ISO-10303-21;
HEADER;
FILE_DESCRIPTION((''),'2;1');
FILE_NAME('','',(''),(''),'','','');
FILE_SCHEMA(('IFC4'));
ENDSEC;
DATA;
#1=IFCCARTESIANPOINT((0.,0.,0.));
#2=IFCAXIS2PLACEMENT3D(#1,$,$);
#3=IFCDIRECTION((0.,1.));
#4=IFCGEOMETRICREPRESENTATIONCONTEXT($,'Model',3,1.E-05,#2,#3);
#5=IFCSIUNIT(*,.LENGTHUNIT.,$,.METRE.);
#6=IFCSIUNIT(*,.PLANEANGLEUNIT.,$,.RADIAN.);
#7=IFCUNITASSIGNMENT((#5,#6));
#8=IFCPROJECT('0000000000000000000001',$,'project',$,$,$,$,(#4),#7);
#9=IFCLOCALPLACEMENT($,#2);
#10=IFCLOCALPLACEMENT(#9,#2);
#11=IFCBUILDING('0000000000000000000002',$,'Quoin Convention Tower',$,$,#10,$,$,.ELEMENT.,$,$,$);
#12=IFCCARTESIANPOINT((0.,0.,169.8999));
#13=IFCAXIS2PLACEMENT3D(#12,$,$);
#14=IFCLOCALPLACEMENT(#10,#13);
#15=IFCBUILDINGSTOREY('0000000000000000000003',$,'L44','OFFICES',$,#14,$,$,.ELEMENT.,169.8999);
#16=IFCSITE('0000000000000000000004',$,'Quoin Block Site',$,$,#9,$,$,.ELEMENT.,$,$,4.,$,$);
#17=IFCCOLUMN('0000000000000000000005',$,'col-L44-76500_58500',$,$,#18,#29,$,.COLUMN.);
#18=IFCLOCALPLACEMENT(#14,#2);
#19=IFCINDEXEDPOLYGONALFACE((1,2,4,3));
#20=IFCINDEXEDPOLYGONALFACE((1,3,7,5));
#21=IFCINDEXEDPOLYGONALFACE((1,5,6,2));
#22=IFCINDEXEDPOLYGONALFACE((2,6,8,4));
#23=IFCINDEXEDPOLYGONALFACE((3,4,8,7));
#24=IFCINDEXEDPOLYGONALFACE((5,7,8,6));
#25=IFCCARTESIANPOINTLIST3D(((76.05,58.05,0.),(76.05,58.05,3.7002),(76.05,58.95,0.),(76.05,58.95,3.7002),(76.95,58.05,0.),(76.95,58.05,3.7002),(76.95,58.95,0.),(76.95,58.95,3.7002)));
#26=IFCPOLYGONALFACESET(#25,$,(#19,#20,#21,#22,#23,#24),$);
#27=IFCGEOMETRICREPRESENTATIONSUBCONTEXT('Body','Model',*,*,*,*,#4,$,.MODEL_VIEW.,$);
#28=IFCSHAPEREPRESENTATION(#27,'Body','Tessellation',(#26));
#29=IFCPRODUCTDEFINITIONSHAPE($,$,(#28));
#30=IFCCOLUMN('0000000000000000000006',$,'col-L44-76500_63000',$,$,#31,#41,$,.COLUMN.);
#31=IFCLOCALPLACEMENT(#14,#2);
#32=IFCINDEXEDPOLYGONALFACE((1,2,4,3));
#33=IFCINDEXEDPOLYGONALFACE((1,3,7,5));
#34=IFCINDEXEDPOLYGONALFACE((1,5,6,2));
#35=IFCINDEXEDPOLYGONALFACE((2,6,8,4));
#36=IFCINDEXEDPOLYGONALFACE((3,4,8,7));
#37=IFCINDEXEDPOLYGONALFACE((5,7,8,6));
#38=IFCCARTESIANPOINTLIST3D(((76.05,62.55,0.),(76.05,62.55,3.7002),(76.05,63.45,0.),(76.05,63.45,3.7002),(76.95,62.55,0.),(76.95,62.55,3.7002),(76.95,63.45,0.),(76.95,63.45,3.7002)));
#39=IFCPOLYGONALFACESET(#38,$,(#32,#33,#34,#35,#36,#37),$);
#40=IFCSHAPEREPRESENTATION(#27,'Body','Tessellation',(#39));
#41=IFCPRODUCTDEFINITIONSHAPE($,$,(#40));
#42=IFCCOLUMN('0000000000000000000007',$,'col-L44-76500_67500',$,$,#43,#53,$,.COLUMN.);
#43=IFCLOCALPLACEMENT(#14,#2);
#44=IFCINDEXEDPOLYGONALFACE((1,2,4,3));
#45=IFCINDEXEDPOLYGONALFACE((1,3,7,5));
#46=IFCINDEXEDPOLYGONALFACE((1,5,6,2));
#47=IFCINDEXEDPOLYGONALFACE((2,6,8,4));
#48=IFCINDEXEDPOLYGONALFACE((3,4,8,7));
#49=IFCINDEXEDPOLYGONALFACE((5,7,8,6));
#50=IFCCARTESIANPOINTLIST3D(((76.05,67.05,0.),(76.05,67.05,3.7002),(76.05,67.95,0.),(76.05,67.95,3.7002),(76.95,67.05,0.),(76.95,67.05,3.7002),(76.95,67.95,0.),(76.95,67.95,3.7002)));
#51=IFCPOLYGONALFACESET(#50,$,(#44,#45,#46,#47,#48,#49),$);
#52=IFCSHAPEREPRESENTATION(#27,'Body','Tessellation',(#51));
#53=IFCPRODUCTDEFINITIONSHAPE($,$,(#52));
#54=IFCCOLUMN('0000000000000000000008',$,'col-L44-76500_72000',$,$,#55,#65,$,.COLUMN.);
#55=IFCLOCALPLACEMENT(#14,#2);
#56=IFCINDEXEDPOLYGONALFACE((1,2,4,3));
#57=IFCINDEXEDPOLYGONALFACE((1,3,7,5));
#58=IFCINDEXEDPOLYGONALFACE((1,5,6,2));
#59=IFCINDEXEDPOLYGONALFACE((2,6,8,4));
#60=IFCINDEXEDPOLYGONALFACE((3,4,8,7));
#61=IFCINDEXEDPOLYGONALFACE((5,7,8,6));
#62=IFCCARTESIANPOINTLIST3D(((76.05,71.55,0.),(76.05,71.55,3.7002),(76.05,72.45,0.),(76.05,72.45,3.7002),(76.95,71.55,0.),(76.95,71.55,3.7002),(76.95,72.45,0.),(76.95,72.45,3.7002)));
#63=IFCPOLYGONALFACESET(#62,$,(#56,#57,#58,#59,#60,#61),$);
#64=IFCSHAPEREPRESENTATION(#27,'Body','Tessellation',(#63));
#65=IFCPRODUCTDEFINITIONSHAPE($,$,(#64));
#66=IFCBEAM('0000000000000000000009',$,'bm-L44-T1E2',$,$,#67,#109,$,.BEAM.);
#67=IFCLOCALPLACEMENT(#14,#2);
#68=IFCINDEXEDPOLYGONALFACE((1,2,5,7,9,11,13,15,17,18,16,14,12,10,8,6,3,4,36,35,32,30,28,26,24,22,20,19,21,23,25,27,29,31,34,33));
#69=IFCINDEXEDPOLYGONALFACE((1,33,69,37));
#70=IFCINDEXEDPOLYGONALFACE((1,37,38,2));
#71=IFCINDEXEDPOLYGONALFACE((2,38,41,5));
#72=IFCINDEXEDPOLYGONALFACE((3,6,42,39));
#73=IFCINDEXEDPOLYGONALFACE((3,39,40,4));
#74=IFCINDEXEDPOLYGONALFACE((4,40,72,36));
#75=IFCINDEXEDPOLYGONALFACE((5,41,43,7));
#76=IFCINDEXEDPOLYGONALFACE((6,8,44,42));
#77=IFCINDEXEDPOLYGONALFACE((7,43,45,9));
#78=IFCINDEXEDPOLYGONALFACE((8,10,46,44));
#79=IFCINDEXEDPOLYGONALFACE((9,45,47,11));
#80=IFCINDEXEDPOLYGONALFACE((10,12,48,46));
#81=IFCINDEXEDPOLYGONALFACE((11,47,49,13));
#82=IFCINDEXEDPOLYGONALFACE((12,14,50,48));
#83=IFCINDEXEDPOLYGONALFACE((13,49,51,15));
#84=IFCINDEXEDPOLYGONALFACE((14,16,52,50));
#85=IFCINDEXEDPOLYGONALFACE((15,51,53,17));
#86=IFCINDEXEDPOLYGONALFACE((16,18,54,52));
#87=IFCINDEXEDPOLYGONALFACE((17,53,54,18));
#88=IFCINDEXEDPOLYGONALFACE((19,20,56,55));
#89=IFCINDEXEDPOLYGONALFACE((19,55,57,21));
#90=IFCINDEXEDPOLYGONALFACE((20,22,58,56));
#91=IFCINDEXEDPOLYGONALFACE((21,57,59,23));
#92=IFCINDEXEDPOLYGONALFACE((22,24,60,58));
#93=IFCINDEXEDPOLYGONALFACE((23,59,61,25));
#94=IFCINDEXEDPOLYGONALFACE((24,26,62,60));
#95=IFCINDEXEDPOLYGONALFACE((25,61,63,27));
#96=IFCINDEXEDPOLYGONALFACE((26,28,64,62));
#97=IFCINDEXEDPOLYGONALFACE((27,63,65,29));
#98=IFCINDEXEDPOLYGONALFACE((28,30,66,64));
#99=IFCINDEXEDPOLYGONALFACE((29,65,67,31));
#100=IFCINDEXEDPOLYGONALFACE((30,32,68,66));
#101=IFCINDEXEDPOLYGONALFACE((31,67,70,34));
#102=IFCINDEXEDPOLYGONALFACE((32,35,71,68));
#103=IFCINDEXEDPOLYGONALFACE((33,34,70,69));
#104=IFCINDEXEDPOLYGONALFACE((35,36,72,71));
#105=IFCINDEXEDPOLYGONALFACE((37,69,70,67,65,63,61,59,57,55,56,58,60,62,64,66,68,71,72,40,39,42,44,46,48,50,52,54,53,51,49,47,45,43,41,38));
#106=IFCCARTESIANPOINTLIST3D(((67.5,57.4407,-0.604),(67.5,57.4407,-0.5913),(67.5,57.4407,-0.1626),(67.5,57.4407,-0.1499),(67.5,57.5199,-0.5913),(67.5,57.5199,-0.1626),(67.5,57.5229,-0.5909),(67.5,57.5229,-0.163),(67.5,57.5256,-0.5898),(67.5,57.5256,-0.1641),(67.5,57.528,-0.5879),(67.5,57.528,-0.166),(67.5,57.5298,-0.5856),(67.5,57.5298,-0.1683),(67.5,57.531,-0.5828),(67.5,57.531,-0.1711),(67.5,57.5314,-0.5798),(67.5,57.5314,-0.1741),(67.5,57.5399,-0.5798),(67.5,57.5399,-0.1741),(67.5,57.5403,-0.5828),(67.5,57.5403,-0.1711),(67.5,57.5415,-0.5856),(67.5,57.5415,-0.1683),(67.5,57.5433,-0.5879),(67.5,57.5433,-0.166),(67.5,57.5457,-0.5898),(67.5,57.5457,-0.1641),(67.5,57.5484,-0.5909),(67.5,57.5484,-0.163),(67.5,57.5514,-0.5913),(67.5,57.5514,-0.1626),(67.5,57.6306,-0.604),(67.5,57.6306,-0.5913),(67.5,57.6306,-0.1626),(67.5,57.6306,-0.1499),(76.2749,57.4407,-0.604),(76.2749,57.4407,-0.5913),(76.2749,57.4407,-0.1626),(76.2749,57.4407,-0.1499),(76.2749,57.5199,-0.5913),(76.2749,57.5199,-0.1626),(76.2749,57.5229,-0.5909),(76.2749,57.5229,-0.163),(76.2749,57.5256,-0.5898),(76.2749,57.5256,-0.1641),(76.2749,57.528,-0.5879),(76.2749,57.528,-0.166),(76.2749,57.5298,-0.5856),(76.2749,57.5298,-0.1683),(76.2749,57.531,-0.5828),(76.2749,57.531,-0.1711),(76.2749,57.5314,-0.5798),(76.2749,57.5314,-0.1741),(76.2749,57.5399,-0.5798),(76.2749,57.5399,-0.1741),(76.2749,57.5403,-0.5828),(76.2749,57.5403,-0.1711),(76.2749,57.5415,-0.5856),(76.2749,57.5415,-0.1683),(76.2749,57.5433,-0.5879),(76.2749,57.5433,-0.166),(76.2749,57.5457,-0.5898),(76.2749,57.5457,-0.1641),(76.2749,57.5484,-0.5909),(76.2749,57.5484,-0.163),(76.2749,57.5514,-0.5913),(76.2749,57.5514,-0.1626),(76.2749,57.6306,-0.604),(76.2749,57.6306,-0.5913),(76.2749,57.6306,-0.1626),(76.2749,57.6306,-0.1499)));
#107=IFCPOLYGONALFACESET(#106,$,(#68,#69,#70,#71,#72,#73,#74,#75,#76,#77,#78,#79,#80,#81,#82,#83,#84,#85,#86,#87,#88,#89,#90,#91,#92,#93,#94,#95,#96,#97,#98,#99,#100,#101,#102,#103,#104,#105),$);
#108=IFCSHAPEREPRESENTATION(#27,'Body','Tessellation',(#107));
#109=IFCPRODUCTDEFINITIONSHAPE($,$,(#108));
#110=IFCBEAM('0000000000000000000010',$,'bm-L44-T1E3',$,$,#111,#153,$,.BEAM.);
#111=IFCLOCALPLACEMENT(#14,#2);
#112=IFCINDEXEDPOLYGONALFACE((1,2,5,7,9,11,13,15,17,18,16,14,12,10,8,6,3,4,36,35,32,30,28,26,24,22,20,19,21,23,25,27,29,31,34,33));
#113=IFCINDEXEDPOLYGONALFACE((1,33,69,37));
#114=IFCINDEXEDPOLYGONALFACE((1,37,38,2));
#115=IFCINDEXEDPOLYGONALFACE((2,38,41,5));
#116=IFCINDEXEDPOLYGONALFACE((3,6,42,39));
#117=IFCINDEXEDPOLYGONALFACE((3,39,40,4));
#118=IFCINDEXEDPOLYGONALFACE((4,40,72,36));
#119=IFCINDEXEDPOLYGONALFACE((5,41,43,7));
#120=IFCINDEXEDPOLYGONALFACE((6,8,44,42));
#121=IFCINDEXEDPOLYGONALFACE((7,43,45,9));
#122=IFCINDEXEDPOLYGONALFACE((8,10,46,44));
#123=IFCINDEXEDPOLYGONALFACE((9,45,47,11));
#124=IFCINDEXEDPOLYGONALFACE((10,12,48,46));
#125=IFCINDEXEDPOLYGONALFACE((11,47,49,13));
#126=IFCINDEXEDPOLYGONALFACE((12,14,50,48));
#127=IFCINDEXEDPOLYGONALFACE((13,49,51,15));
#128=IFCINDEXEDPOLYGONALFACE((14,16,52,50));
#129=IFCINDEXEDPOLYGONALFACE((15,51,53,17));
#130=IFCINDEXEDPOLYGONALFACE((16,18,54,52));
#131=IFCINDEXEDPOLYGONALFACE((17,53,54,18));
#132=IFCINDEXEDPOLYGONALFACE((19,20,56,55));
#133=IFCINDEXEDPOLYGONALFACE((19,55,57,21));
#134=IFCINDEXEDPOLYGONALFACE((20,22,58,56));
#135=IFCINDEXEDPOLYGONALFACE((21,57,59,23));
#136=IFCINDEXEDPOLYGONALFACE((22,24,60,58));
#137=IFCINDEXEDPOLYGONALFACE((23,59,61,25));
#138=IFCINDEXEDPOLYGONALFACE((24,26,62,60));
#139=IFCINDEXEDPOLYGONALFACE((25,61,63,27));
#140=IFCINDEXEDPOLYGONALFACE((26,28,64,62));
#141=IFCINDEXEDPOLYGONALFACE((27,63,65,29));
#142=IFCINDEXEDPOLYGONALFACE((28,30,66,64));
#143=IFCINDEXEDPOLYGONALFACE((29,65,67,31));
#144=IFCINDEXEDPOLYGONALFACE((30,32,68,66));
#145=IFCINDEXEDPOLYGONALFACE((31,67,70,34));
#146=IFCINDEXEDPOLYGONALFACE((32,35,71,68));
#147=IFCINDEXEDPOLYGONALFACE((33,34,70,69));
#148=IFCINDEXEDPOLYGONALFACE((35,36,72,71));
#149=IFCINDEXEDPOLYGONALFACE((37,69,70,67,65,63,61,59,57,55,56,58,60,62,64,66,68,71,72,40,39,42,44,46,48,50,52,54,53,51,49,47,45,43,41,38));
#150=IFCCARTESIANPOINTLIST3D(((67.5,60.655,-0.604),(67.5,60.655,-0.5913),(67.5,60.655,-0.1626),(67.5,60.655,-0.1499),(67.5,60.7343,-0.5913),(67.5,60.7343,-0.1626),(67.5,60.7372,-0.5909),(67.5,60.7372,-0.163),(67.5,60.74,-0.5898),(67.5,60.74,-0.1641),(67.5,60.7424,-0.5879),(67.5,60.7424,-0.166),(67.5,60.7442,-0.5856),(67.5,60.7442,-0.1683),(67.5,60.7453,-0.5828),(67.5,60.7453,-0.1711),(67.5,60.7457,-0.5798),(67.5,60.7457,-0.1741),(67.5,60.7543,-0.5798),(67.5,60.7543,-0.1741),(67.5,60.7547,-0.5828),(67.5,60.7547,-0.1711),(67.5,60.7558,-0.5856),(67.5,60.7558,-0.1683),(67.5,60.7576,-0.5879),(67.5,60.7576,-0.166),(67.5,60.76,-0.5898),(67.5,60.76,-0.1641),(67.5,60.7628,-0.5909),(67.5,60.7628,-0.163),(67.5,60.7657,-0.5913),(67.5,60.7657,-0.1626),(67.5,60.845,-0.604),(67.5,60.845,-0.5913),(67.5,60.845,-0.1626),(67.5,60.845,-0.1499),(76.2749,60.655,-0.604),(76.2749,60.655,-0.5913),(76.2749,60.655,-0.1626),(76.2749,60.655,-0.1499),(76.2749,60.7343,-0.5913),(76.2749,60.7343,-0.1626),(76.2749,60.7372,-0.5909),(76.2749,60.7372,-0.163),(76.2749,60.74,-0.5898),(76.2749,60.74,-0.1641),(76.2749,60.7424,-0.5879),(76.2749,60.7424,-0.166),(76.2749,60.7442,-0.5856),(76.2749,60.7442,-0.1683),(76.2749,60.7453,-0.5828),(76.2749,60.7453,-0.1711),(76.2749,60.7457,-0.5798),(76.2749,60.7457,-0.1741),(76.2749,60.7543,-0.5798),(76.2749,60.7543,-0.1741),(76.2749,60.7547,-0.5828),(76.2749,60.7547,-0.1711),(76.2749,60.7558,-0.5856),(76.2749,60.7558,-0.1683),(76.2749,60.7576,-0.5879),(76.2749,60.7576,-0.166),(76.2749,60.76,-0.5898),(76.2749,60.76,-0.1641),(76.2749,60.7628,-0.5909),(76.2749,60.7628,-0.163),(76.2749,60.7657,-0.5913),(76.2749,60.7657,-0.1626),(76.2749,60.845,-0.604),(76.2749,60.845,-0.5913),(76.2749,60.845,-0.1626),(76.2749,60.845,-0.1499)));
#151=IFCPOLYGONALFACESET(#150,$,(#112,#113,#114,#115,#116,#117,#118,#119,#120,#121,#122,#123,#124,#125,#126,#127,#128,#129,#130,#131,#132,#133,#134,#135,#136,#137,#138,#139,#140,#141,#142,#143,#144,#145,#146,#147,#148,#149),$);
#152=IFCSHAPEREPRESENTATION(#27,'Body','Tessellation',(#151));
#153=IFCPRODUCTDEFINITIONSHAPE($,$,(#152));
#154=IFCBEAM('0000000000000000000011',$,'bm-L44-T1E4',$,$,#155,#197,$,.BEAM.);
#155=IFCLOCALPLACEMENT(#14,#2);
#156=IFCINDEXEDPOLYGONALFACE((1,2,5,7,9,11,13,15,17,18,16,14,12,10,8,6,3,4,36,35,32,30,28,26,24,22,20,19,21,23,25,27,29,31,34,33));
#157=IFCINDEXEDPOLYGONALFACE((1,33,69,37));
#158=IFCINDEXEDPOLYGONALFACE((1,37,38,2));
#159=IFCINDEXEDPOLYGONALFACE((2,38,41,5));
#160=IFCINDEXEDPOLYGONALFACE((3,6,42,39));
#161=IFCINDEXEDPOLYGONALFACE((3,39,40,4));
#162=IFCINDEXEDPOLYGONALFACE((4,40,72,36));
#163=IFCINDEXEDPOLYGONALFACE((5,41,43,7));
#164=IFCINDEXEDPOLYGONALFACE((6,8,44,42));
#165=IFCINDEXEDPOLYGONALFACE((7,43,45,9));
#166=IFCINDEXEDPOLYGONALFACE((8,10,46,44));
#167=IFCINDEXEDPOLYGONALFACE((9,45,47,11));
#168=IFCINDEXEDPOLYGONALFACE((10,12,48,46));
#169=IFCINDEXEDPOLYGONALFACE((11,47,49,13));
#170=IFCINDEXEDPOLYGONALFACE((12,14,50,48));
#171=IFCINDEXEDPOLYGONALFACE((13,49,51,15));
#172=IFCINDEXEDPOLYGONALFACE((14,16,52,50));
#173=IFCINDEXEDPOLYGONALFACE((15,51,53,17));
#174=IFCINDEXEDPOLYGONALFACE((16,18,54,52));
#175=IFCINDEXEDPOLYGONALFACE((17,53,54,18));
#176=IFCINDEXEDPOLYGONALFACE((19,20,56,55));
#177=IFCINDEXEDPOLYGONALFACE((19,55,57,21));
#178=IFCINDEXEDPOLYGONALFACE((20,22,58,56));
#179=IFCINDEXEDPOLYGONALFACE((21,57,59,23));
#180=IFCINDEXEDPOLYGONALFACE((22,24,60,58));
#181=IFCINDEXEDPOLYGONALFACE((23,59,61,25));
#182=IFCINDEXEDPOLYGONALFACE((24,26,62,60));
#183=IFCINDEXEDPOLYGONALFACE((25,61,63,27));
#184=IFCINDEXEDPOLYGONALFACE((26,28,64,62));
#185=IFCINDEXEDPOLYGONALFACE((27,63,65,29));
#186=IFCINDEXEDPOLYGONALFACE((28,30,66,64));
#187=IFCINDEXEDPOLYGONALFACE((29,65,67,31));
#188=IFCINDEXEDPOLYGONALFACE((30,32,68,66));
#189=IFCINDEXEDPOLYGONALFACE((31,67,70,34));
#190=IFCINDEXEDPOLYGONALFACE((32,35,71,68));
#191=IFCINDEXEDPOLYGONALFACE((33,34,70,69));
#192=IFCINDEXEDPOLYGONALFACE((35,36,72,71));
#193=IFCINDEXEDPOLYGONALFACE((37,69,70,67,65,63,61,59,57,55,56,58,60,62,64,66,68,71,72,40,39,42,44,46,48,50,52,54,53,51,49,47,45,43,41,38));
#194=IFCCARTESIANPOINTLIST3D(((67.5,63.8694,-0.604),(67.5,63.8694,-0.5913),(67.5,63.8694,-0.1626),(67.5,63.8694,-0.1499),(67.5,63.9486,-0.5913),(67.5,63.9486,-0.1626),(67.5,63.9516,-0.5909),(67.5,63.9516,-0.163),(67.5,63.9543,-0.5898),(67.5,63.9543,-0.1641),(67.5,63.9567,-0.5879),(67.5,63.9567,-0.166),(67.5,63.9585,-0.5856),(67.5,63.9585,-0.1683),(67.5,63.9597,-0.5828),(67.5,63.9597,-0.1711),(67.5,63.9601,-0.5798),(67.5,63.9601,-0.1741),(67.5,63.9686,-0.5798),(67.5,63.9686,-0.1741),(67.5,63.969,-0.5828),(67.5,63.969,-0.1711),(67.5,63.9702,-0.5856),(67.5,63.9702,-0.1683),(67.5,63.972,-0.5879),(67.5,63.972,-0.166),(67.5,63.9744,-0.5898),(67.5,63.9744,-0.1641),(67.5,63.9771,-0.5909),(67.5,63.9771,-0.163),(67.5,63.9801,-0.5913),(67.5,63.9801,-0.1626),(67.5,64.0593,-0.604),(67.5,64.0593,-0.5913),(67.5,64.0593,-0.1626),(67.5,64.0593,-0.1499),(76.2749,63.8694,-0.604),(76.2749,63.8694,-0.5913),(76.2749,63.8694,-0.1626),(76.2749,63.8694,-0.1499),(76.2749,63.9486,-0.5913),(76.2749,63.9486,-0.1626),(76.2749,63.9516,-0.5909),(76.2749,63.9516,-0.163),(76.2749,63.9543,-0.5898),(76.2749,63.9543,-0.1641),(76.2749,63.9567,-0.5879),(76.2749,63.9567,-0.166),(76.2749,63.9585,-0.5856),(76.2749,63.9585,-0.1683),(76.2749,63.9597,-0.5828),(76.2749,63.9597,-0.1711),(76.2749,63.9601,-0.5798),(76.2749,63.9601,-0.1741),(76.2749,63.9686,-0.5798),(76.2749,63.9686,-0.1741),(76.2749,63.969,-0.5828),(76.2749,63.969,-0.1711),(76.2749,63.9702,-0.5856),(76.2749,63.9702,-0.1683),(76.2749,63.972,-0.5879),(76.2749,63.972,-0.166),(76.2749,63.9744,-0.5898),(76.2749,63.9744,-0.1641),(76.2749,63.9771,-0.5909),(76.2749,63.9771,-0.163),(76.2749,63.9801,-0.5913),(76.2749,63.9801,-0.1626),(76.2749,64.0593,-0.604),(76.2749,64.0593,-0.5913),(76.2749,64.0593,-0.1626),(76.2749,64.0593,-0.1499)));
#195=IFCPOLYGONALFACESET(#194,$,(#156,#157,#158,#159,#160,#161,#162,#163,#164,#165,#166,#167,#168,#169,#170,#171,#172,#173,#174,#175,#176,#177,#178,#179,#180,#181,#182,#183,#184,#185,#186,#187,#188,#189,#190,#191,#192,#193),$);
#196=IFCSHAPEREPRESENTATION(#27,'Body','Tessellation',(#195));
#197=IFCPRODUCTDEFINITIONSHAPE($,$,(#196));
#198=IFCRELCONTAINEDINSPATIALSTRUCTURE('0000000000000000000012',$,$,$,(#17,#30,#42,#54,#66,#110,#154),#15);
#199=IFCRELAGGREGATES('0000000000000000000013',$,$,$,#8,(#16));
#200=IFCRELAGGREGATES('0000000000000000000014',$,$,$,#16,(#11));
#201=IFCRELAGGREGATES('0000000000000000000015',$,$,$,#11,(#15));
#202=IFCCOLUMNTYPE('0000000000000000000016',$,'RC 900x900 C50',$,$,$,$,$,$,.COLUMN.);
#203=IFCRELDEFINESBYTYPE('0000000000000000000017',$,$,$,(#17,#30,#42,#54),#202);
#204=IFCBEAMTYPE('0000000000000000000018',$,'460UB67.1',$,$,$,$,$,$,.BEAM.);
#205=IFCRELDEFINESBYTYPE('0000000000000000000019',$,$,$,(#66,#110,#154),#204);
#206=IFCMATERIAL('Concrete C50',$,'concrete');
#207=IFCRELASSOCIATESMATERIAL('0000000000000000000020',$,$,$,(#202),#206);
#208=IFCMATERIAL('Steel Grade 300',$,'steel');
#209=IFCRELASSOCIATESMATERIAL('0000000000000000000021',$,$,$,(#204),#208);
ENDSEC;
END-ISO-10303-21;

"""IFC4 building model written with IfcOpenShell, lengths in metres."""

from ifc_helpers import new_model, si_unit, direction, frame, origin, origin_2d, place, context, subcontext, project, spatial, rectangle, i_section, extrude, material, material_profile, profile_set, type_object, element, save


model = new_model("IFC4")

# Units and contexts
model_context = context("Model", 3, precision=1e-05, world=origin(), true_north=direction((0.0, 1.0)))
body_context = subcontext(model_context, "Body", "Model", "MODEL_VIEW")
ifc_project = project(units=[si_unit("LENGTHUNIT", "METRE"), si_unit("PLANEANGLEUNIT", "RADIAN")], contexts=[model_context])

# Site, building, storey
site_placement = place(None, origin())
site = spatial("IfcSite", under=ifc_project, at=site_placement, Name="Quoin Block Site", CompositionType="ELEMENT", RefElevation=4.0)
building_placement = place(site_placement, origin())
building = spatial("IfcBuilding", under=site, at=building_placement, Name="Quoin Convention Tower", CompositionType="ELEMENT")
storey_placement = place(building_placement, frame((0.0, 0.0, 169.8999)))
storey = spatial("IfcBuildingStorey", under=building, at=storey_placement, Name="L44", Description="OFFICES", CompositionType="ELEMENT", Elevation=169.8999)

# Columns
ifc_material_1 = material(Name="Concrete C50", Category="concrete")
ifc_material_profile_1 = material_profile(ifc_material_1, rectangle(XDim=0.8999, YDim=0.8999, at=origin_2d()), Name="RC 900x900")
ifc_profile_set_1 = profile_set([ifc_material_profile_1], Name="Concrete C50")
column_type = type_object("IfcColumnType", Name="RC 900x900 C50", PredefinedType="COLUMN", material=ifc_profile_set_1)
for number, where, z_axis, x_axis, name in (
    (1, (76.5, 58.5, 0.0), (0.0, 0.0, 1.0), (1.0, 0.0, 0.0), "col-L44-76500_58500"),
    (2, (76.5, 63.0, 0.0), (0.0, 0.0, 1.0), (1.0, 0.0, 0.0), "col-L44-76500_63000"),
    (3, (76.5, 67.5, 0.0), (0.0, 0.0, 1.0), (1.0, 0.0, 0.0), "col-L44-76500_67500"),
    (4, (76.5, 72.0, 0.0), (0.0, 0.0, 1.0), (1.0, 0.0, 0.0), "col-L44-76500_72000"),
):
    element("IfcColumn", number, at=place(storey_placement, frame(where, z_axis=z_axis, x_axis=x_axis)), inside=storey, type_object=column_type, Name=name, PredefinedType="COLUMN", context=body_context, shape_type="SweptSolid", body=[
        extrude(rectangle(XDim=0.8999, YDim=0.8999, at=origin_2d()), origin(), (0.0, 0.0, 1.0), 3.7002),
    ])

# Beams
ifc_material_2 = material(Name="Steel Grade 300", Category="steel")
ifc_material_profile_2 = material_profile(ifc_material_2, i_section(OverallWidth=0.1899, OverallDepth=0.4541, WebThickness=0.0085, FlangeThickness=0.0127, FilletRadius=0.0115, at=origin_2d()), Name="460UB67.1")
ifc_profile_set_2 = profile_set([ifc_material_profile_2], Name="Steel Grade 300")
beam_type_1 = type_object("IfcBeamType", Name="460UB67.1", PredefinedType="BEAM", material=ifc_profile_set_2)
for number, where, z_axis, x_axis, name in (
    (5, (67.5, 57.5356, -0.377), (1.0, 0.0, 0.0), (0.0, 1.0, 0.0), "bm-L44-T1E2"),
    (6, (67.5, 60.75, -0.377), (1.0, 0.0, 0.0), (0.0, 1.0, 0.0), "bm-L44-T1E3"),
    (7, (67.5, 63.9644, -0.377), (1.0, 0.0, 0.0), (0.0, 1.0, 0.0), "bm-L44-T1E4"),
):
    element("IfcBeam", number, at=place(storey_placement, frame(where, z_axis=z_axis, x_axis=x_axis)), inside=storey, type_object=beam_type_1, Name=name, PredefinedType="BEAM", context=body_context, shape_type="SweptSolid", body=[
        extrude(i_section(OverallWidth=0.1899, OverallDepth=0.4541, WebThickness=0.0085, FlangeThickness=0.0127, FilletRadius=0.0115, at=origin_2d()), origin(), (0.0, 0.0, 1.0), 8.7749),
    ])

save(model, "model.ifc")
